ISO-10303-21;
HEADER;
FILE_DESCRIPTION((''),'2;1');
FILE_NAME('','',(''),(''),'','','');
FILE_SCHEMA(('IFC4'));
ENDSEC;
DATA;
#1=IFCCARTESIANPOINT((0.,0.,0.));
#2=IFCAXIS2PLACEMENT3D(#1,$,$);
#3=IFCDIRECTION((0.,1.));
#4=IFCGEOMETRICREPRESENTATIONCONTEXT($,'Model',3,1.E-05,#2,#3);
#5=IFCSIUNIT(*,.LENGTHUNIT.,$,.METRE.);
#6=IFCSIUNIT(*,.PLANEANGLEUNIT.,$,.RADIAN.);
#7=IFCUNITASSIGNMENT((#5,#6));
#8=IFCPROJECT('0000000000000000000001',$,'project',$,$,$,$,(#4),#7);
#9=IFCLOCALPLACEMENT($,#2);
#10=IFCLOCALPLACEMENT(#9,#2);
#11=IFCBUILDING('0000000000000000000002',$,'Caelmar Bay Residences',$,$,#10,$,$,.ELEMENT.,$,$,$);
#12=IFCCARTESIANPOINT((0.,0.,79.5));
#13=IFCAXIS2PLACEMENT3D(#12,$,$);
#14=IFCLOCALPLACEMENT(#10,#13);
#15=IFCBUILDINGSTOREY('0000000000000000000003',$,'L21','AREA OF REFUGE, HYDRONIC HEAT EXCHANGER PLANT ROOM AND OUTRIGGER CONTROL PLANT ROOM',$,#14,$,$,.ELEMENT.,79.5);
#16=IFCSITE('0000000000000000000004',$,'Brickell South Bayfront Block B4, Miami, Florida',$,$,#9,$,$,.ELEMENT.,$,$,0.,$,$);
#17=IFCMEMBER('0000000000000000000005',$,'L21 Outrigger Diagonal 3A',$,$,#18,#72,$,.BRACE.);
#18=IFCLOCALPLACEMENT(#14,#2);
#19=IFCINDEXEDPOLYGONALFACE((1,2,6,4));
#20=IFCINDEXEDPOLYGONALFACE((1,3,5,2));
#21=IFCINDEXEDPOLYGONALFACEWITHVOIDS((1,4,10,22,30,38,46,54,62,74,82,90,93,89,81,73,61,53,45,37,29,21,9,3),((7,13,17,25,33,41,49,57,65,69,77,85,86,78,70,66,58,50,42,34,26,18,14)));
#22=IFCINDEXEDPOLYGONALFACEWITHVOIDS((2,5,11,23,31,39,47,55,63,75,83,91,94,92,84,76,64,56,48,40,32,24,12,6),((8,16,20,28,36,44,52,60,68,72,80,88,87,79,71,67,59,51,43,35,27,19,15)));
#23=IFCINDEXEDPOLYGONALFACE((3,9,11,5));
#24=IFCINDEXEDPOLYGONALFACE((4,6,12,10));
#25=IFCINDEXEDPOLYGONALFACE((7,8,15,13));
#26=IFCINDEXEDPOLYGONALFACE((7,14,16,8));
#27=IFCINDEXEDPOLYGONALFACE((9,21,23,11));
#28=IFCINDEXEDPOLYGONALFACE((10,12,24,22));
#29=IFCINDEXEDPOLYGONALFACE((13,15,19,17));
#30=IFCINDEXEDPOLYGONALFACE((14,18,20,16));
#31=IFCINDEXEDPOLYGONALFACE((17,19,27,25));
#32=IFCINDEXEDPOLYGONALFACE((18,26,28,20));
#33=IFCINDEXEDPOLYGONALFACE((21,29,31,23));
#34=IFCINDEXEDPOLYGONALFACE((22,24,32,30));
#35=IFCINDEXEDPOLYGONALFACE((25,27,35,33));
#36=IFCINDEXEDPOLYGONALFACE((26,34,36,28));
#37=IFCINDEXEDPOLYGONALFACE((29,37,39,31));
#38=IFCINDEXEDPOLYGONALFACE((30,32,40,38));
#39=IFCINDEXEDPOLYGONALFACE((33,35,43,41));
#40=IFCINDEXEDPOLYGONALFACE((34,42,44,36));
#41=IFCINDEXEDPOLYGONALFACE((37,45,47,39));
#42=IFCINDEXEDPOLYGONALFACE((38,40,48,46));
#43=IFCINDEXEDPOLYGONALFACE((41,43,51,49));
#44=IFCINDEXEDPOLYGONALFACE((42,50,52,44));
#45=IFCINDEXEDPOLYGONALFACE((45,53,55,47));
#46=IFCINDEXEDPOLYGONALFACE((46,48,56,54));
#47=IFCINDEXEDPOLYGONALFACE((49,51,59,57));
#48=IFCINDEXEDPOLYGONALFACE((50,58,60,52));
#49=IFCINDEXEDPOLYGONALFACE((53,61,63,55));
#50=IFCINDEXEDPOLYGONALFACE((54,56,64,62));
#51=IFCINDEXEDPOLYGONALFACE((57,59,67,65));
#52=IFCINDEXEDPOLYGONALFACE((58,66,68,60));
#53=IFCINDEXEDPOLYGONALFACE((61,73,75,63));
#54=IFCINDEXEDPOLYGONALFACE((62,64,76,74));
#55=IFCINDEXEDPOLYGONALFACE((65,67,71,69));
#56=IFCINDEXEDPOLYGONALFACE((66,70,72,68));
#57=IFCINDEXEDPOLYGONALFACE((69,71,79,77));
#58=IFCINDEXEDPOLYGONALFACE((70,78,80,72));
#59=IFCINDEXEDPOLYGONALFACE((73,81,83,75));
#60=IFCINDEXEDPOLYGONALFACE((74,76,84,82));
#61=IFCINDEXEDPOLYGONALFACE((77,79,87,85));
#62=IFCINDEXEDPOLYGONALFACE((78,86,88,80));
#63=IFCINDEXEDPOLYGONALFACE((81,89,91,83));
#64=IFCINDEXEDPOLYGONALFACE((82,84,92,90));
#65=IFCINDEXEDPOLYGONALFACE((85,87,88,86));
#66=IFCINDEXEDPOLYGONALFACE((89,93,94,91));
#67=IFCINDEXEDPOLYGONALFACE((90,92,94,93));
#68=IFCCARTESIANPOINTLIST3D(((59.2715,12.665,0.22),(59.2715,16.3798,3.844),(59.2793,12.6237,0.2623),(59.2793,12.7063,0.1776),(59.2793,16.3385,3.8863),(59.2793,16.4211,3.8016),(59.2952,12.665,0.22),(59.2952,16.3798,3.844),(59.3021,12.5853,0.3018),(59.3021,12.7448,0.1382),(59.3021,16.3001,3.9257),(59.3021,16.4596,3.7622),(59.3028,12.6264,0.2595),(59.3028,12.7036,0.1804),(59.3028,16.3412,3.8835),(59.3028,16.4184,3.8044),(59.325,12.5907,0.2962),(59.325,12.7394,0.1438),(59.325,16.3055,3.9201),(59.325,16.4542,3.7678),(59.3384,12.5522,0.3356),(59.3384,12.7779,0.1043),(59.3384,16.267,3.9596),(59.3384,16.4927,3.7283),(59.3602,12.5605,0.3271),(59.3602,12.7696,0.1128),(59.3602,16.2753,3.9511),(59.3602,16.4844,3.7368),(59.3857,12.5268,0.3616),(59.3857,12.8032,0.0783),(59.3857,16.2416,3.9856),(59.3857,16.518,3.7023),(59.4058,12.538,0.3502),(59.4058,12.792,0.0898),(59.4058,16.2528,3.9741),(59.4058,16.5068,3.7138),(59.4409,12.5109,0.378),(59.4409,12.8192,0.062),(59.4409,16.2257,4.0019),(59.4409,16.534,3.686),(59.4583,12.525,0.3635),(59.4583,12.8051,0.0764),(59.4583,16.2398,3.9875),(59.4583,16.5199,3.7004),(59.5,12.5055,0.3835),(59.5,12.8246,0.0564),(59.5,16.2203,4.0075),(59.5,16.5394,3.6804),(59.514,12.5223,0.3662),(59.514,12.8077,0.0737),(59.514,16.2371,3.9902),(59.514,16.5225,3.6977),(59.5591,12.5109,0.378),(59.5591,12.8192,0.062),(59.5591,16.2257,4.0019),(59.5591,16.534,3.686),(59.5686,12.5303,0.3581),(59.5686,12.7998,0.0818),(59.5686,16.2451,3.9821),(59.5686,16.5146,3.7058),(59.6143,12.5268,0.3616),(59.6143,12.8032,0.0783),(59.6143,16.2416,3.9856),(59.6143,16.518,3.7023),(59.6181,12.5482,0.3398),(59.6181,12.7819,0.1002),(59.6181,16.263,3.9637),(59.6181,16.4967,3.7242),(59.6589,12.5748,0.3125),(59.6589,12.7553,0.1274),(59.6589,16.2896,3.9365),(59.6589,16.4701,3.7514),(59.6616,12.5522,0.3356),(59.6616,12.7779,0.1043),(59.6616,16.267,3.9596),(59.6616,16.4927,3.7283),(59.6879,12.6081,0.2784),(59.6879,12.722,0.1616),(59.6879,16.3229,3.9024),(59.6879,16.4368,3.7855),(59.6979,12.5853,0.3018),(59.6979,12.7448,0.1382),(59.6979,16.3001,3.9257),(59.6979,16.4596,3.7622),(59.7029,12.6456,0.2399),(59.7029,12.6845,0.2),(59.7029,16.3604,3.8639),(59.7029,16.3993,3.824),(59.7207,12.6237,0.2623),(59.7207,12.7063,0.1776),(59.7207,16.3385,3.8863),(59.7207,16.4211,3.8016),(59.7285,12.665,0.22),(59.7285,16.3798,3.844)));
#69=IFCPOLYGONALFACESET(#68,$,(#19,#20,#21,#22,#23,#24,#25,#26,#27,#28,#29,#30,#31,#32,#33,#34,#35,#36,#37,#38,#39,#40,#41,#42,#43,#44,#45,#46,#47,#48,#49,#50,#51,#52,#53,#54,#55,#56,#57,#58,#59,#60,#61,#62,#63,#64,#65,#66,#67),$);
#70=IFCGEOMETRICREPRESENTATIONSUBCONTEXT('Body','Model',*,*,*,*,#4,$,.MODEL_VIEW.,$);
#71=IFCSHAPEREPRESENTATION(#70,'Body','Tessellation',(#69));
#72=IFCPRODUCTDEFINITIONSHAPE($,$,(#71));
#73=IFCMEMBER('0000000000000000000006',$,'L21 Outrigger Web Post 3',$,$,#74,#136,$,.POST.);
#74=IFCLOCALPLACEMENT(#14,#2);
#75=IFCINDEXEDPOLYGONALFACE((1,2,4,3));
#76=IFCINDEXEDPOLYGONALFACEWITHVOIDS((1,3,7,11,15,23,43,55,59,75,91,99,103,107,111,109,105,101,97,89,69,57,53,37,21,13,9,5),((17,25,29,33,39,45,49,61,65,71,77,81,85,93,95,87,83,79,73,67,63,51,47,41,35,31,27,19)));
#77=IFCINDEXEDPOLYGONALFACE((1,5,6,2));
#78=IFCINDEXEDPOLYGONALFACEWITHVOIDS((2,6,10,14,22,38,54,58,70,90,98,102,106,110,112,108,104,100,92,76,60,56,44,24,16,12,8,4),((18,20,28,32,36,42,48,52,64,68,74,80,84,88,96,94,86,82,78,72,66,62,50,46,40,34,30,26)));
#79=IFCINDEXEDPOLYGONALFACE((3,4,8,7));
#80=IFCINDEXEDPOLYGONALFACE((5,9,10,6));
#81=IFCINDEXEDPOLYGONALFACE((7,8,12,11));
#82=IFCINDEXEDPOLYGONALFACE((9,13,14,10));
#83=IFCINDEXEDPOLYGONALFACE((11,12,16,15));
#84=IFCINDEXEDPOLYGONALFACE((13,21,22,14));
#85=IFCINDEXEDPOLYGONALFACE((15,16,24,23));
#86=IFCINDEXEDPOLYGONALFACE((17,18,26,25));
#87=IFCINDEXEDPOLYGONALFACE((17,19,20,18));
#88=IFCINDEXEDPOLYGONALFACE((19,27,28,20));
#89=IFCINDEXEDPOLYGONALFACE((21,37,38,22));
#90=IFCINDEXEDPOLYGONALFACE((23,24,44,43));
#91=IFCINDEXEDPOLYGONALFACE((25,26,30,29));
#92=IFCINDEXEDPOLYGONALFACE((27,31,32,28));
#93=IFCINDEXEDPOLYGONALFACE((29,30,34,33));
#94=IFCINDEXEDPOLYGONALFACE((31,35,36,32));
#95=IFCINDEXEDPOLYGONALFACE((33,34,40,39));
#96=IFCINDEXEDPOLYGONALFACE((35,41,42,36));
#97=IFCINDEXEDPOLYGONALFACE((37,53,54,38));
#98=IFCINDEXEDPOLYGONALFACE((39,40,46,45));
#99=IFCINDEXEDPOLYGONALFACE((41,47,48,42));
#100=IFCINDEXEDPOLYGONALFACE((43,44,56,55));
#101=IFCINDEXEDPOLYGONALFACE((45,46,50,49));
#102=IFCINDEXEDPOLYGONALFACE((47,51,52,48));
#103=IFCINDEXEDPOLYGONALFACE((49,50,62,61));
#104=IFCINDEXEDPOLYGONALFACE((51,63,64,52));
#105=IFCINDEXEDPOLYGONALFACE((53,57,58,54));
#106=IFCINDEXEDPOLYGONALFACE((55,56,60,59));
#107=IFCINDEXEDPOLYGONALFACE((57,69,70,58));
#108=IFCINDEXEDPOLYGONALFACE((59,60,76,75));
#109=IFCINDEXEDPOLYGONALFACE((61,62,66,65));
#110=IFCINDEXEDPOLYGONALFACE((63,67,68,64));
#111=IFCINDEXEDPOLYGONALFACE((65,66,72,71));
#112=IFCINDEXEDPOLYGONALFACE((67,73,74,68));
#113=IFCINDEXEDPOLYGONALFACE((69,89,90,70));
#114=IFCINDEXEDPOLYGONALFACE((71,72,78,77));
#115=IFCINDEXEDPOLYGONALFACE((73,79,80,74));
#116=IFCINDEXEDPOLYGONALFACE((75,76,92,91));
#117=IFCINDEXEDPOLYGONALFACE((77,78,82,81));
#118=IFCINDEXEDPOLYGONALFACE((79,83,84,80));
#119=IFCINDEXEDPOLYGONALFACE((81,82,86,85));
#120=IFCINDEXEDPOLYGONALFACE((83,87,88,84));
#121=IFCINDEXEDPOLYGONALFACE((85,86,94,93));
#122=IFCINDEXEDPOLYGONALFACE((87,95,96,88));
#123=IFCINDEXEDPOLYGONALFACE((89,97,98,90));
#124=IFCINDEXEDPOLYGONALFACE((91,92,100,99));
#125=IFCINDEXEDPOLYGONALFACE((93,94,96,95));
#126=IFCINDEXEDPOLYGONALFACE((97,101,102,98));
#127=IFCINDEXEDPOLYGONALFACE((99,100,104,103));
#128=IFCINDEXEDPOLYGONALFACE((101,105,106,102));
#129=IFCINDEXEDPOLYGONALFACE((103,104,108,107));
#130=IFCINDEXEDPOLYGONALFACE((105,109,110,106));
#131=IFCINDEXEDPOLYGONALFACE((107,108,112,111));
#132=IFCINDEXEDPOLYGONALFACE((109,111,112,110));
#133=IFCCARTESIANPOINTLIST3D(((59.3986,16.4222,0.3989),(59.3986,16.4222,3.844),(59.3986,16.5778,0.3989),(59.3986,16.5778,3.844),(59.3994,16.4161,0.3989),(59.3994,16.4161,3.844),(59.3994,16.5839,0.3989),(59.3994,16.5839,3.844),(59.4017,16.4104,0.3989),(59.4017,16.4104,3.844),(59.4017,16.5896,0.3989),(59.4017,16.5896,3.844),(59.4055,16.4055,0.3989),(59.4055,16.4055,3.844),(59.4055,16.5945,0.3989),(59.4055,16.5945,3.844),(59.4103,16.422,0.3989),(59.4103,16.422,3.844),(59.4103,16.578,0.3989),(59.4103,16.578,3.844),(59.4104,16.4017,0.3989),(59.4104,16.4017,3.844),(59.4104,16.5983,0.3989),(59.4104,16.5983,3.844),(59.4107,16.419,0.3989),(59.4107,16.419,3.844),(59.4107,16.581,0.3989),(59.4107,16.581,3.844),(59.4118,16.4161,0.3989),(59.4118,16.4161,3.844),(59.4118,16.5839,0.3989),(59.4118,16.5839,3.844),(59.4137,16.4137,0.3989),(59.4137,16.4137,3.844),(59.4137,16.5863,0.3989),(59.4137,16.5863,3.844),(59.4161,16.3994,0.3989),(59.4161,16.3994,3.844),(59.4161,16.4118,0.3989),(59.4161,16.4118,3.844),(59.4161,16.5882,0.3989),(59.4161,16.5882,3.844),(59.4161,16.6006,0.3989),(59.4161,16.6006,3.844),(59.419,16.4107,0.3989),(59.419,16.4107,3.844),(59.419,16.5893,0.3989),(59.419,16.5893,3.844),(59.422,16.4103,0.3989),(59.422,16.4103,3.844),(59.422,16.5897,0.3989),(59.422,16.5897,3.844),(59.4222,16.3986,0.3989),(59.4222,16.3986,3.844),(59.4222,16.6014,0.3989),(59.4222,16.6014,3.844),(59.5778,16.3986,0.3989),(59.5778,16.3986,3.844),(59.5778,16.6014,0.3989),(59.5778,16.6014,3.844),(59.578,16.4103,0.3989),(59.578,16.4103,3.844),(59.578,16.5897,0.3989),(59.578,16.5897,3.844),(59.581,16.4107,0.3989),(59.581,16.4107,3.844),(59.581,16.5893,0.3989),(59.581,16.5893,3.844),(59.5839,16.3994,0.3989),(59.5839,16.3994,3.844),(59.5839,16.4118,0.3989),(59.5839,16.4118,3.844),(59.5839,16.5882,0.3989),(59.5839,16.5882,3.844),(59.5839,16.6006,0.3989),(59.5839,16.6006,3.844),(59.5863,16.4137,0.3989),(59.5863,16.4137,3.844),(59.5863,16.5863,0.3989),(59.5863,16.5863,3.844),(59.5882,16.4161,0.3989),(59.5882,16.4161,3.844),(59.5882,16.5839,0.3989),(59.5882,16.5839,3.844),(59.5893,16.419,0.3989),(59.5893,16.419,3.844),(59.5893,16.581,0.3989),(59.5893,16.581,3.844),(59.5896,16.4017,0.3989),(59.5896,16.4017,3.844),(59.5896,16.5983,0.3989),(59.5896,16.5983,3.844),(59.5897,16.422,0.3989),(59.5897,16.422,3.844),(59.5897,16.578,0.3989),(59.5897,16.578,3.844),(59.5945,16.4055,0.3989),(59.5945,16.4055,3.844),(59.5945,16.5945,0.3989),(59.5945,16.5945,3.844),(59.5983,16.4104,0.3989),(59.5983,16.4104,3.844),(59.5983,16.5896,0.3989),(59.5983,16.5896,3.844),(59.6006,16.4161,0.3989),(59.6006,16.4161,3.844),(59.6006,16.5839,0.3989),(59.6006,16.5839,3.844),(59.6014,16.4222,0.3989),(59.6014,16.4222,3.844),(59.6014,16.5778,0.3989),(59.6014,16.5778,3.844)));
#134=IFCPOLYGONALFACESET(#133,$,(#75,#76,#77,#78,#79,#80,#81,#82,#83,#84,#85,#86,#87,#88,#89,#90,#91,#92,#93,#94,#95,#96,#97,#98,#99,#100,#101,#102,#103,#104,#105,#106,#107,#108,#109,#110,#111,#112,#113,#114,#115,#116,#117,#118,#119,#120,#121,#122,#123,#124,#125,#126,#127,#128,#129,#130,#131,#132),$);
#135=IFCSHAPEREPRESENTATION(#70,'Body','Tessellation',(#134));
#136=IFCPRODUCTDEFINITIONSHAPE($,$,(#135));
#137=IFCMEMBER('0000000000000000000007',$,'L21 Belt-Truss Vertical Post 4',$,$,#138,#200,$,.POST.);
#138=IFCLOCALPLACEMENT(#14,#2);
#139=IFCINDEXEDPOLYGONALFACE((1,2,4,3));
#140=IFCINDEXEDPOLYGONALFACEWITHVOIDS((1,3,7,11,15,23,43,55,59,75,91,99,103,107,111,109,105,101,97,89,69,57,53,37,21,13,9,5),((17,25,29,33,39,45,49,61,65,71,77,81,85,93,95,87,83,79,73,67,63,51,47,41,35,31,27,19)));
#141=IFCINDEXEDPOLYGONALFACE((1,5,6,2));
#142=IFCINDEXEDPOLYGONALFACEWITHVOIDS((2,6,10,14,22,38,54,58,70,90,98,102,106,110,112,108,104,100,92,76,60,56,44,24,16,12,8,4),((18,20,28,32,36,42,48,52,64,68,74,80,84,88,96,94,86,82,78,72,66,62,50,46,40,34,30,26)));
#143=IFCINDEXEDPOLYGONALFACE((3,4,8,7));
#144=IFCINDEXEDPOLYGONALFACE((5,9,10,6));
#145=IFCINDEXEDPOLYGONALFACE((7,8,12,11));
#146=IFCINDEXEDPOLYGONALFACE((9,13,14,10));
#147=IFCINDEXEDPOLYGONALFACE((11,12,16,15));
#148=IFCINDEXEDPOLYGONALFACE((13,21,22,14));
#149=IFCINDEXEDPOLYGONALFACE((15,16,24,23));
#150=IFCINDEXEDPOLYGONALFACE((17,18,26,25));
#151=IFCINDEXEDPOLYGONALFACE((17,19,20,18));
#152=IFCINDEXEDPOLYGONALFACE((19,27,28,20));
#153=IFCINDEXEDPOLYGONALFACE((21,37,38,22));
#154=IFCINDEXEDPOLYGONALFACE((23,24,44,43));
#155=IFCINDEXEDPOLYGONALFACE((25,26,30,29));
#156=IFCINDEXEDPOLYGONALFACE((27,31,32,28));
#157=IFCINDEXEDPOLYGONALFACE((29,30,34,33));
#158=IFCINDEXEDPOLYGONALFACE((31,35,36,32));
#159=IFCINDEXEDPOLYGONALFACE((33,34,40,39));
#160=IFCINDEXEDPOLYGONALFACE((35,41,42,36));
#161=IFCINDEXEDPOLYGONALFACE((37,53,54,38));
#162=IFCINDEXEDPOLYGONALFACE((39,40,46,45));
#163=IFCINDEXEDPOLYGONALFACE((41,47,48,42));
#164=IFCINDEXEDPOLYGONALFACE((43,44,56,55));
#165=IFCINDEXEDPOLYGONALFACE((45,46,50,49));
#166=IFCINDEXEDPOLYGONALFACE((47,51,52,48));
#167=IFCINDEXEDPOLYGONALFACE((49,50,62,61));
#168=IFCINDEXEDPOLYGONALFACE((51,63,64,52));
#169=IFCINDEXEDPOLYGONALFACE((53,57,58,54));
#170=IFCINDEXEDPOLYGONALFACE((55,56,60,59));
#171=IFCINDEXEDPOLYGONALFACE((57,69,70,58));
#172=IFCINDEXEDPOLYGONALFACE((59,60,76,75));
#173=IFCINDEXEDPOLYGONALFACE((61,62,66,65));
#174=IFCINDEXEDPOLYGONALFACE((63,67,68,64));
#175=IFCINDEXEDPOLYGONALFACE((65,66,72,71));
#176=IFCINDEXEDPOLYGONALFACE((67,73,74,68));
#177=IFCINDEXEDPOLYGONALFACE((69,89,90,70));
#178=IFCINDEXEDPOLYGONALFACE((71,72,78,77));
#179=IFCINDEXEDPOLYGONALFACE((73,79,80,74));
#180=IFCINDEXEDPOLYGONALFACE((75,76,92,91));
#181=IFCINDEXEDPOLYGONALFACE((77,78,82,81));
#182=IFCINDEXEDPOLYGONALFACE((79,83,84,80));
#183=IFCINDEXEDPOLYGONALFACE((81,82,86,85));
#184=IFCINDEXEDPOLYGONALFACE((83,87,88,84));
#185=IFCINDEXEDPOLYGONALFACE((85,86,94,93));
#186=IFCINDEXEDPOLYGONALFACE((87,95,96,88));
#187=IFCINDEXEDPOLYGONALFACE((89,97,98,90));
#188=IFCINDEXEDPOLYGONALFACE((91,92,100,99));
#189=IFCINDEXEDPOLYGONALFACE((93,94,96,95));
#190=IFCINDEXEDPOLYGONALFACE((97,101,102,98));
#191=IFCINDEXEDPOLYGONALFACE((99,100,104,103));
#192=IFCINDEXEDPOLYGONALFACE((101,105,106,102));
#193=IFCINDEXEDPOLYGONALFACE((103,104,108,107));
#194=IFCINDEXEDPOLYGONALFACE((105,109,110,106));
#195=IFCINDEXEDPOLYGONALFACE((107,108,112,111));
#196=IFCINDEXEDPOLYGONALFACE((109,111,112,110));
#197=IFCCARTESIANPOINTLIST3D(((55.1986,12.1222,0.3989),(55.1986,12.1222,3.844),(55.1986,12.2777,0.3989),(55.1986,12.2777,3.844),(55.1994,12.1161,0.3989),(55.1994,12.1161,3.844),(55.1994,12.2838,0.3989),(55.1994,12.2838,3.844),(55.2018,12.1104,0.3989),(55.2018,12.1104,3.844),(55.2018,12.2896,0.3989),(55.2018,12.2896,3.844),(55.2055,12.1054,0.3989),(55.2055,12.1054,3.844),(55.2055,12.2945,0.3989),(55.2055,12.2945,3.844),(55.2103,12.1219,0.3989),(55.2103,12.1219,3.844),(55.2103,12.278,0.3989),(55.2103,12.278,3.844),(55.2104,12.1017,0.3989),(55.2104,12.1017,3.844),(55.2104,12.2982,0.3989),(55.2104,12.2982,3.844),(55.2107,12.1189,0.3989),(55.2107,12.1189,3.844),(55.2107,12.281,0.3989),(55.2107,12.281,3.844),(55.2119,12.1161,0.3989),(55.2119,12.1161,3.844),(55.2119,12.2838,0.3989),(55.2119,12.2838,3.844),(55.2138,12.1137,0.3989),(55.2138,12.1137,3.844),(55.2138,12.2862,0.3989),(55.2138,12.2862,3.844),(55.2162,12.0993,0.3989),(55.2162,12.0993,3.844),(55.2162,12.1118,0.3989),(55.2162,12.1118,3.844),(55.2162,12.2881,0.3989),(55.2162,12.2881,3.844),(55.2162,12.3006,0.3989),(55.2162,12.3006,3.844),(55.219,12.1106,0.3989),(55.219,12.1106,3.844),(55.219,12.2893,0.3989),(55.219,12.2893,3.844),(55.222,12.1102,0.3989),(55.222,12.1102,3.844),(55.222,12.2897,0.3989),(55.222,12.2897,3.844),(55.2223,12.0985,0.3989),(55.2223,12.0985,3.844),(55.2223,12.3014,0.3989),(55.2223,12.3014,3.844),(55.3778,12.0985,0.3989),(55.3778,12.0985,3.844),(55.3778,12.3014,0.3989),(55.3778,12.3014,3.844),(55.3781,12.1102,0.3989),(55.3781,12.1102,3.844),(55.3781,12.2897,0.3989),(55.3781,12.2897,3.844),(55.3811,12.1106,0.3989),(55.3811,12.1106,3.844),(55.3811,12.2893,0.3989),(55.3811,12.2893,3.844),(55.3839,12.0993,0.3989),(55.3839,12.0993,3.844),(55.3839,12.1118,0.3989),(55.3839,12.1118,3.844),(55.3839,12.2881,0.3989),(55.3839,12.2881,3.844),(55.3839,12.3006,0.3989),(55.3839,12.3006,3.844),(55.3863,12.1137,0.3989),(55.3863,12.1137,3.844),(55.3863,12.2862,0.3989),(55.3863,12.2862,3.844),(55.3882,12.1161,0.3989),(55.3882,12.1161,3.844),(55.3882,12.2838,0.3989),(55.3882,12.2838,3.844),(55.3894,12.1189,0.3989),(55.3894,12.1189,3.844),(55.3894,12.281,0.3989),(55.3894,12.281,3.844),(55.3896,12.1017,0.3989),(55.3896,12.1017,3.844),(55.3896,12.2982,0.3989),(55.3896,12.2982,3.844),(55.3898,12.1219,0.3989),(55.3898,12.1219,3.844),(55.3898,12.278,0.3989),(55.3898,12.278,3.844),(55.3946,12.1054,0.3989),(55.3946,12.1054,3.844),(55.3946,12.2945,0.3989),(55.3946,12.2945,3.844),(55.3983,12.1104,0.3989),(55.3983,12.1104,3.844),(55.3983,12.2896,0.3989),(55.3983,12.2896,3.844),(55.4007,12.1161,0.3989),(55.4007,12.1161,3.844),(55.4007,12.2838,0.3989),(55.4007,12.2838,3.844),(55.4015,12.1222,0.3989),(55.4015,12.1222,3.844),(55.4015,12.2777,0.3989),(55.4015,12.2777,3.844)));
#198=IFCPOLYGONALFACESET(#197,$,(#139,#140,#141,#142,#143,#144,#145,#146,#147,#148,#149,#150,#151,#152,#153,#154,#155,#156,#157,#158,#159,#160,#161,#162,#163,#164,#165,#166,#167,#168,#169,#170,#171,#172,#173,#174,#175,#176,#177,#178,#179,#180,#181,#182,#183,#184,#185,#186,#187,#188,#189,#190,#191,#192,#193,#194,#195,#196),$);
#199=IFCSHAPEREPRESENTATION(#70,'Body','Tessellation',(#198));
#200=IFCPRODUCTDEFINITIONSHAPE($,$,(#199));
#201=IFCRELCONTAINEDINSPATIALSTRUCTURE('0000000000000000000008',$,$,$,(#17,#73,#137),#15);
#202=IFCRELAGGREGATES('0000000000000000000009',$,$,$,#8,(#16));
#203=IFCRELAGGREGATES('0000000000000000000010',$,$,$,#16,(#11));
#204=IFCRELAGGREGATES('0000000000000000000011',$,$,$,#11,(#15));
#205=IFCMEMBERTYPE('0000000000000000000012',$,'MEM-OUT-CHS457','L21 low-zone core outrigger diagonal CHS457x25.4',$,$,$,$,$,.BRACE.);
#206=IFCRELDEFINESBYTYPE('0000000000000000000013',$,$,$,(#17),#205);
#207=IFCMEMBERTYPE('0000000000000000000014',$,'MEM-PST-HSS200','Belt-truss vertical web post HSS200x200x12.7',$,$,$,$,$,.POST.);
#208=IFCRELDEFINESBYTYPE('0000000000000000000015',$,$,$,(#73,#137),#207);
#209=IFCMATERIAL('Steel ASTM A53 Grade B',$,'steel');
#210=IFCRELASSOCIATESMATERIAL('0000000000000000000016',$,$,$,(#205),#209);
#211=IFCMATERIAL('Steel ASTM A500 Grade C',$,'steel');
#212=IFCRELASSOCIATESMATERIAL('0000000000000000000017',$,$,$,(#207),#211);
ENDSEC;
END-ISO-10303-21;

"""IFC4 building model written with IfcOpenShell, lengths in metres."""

from ifc_helpers import new_model, si_unit, direction, frame, origin, origin_2d, place, context, subcontext, project, spatial, hollow_rectangle, hollow_circle, extrude, material, material_profile, profile_set, type_object, element, save


model = new_model("IFC4")

# Units and contexts
model_context = context("Model", 3, precision=1e-05, world=origin(), true_north=direction((0.0, 1.0)))
body_context = subcontext(model_context, "Body", "Model", "MODEL_VIEW")
ifc_project = project(units=[si_unit("LENGTHUNIT", "METRE"), si_unit("PLANEANGLEUNIT", "RADIAN")], contexts=[model_context])

# Site, building, storey
site_placement = place(None, origin())
site = spatial("IfcSite", under=ifc_project, at=site_placement, Name="Brickell South Bayfront Block B4, Miami, Florida", CompositionType="ELEMENT", RefElevation=0.0)
building_placement = place(site_placement, origin())
building = spatial("IfcBuilding", under=site, at=building_placement, Name="Caelmar Bay Residences", CompositionType="ELEMENT")
storey_placement = place(building_placement, frame((0.0, 0.0, 79.5)))
storey = spatial("IfcBuildingStorey", under=building, at=storey_placement, Name="L21", Description="AREA OF REFUGE, HYDRONIC HEAT EXCHANGER PLANT ROOM AND OUTRIGGER CONTROL PLANT ROOM", CompositionType="ELEMENT", Elevation=79.5)

# Members
ifc_material_1 = material(Name="Steel ASTM A500 Grade C", Category="steel")
ifc_material_2 = material(Name="Steel ASTM A53 Grade B", Category="steel")
ifc_material_profile_1 = material_profile(ifc_material_2, hollow_circle(Radius=0.2285, WallThickness=0.0237, at=origin_2d()), Name="CHS457X25.4")
ifc_profile_set_1 = profile_set([ifc_material_profile_1], Name="Steel ASTM A53 Grade B")
member_type_1 = type_object("IfcMemberType", Name="MEM-OUT-CHS457", Description="L21 low-zone core outrigger diagonal CHS457x25.4", PredefinedType="BRACE", material=ifc_profile_set_1)
member_1_placement = place(storey_placement, frame((59.5, 12.665, 0.22), z_axis=(0.0, 0.715803, 0.698303), x_axis=(-1.0, 0.0, 0.0)))
element("IfcMember", 1, at=member_1_placement, inside=storey, type_object=member_type_1, Name="L21 Outrigger Diagonal 3A", PredefinedType="BRACE", context=body_context, shape_type="SweptSolid", body=[
    extrude(hollow_circle(Radius=0.2285, WallThickness=0.0237, at=origin_2d()), origin(), (0.0, 0.0, 1.0), 5.1897),
])
ifc_material_profile_2 = material_profile(ifc_material_1, hollow_rectangle(XDim=0.2029, YDim=0.2029, WallThickness=0.0117, InnerFilletRadius=0.0117, OuterFilletRadius=0.0237, at=origin_2d()), Name="HSS200X200X12.7")
ifc_profile_set_2 = profile_set([ifc_material_profile_2], Name="Steel ASTM A500 Grade C")
member_type_2 = type_object("IfcMemberType", Name="MEM-PST-HSS200", Description="Belt-truss vertical web post HSS200x200x12.7", PredefinedType="POST", material=ifc_profile_set_2)
for number, where, z_axis, x_axis, name in (
    (2, (59.5, 16.5, 0.3989), (0.0, 0.0, 1.0), (1.0, 0.0, 0.0), "L21 Outrigger Web Post 3"),
    (3, (55.3, 12.2, 0.3989), (0.0, 0.0, 1.0), (1.0, 0.0, 0.0), "L21 Belt-Truss Vertical Post 4"),
):
    element("IfcMember", number, at=place(storey_placement, frame(where, z_axis=z_axis, x_axis=x_axis)), inside=storey, type_object=member_type_2, Name=name, PredefinedType="POST", context=body_context, shape_type="SweptSolid", body=[
        extrude(hollow_rectangle(XDim=0.2029, YDim=0.2029, WallThickness=0.0117, InnerFilletRadius=0.0117, OuterFilletRadius=0.0237, at=origin_2d()), origin(), (0.0, 0.0, 1.0), 3.4451),
    ])

save(model, "model.ifc")
